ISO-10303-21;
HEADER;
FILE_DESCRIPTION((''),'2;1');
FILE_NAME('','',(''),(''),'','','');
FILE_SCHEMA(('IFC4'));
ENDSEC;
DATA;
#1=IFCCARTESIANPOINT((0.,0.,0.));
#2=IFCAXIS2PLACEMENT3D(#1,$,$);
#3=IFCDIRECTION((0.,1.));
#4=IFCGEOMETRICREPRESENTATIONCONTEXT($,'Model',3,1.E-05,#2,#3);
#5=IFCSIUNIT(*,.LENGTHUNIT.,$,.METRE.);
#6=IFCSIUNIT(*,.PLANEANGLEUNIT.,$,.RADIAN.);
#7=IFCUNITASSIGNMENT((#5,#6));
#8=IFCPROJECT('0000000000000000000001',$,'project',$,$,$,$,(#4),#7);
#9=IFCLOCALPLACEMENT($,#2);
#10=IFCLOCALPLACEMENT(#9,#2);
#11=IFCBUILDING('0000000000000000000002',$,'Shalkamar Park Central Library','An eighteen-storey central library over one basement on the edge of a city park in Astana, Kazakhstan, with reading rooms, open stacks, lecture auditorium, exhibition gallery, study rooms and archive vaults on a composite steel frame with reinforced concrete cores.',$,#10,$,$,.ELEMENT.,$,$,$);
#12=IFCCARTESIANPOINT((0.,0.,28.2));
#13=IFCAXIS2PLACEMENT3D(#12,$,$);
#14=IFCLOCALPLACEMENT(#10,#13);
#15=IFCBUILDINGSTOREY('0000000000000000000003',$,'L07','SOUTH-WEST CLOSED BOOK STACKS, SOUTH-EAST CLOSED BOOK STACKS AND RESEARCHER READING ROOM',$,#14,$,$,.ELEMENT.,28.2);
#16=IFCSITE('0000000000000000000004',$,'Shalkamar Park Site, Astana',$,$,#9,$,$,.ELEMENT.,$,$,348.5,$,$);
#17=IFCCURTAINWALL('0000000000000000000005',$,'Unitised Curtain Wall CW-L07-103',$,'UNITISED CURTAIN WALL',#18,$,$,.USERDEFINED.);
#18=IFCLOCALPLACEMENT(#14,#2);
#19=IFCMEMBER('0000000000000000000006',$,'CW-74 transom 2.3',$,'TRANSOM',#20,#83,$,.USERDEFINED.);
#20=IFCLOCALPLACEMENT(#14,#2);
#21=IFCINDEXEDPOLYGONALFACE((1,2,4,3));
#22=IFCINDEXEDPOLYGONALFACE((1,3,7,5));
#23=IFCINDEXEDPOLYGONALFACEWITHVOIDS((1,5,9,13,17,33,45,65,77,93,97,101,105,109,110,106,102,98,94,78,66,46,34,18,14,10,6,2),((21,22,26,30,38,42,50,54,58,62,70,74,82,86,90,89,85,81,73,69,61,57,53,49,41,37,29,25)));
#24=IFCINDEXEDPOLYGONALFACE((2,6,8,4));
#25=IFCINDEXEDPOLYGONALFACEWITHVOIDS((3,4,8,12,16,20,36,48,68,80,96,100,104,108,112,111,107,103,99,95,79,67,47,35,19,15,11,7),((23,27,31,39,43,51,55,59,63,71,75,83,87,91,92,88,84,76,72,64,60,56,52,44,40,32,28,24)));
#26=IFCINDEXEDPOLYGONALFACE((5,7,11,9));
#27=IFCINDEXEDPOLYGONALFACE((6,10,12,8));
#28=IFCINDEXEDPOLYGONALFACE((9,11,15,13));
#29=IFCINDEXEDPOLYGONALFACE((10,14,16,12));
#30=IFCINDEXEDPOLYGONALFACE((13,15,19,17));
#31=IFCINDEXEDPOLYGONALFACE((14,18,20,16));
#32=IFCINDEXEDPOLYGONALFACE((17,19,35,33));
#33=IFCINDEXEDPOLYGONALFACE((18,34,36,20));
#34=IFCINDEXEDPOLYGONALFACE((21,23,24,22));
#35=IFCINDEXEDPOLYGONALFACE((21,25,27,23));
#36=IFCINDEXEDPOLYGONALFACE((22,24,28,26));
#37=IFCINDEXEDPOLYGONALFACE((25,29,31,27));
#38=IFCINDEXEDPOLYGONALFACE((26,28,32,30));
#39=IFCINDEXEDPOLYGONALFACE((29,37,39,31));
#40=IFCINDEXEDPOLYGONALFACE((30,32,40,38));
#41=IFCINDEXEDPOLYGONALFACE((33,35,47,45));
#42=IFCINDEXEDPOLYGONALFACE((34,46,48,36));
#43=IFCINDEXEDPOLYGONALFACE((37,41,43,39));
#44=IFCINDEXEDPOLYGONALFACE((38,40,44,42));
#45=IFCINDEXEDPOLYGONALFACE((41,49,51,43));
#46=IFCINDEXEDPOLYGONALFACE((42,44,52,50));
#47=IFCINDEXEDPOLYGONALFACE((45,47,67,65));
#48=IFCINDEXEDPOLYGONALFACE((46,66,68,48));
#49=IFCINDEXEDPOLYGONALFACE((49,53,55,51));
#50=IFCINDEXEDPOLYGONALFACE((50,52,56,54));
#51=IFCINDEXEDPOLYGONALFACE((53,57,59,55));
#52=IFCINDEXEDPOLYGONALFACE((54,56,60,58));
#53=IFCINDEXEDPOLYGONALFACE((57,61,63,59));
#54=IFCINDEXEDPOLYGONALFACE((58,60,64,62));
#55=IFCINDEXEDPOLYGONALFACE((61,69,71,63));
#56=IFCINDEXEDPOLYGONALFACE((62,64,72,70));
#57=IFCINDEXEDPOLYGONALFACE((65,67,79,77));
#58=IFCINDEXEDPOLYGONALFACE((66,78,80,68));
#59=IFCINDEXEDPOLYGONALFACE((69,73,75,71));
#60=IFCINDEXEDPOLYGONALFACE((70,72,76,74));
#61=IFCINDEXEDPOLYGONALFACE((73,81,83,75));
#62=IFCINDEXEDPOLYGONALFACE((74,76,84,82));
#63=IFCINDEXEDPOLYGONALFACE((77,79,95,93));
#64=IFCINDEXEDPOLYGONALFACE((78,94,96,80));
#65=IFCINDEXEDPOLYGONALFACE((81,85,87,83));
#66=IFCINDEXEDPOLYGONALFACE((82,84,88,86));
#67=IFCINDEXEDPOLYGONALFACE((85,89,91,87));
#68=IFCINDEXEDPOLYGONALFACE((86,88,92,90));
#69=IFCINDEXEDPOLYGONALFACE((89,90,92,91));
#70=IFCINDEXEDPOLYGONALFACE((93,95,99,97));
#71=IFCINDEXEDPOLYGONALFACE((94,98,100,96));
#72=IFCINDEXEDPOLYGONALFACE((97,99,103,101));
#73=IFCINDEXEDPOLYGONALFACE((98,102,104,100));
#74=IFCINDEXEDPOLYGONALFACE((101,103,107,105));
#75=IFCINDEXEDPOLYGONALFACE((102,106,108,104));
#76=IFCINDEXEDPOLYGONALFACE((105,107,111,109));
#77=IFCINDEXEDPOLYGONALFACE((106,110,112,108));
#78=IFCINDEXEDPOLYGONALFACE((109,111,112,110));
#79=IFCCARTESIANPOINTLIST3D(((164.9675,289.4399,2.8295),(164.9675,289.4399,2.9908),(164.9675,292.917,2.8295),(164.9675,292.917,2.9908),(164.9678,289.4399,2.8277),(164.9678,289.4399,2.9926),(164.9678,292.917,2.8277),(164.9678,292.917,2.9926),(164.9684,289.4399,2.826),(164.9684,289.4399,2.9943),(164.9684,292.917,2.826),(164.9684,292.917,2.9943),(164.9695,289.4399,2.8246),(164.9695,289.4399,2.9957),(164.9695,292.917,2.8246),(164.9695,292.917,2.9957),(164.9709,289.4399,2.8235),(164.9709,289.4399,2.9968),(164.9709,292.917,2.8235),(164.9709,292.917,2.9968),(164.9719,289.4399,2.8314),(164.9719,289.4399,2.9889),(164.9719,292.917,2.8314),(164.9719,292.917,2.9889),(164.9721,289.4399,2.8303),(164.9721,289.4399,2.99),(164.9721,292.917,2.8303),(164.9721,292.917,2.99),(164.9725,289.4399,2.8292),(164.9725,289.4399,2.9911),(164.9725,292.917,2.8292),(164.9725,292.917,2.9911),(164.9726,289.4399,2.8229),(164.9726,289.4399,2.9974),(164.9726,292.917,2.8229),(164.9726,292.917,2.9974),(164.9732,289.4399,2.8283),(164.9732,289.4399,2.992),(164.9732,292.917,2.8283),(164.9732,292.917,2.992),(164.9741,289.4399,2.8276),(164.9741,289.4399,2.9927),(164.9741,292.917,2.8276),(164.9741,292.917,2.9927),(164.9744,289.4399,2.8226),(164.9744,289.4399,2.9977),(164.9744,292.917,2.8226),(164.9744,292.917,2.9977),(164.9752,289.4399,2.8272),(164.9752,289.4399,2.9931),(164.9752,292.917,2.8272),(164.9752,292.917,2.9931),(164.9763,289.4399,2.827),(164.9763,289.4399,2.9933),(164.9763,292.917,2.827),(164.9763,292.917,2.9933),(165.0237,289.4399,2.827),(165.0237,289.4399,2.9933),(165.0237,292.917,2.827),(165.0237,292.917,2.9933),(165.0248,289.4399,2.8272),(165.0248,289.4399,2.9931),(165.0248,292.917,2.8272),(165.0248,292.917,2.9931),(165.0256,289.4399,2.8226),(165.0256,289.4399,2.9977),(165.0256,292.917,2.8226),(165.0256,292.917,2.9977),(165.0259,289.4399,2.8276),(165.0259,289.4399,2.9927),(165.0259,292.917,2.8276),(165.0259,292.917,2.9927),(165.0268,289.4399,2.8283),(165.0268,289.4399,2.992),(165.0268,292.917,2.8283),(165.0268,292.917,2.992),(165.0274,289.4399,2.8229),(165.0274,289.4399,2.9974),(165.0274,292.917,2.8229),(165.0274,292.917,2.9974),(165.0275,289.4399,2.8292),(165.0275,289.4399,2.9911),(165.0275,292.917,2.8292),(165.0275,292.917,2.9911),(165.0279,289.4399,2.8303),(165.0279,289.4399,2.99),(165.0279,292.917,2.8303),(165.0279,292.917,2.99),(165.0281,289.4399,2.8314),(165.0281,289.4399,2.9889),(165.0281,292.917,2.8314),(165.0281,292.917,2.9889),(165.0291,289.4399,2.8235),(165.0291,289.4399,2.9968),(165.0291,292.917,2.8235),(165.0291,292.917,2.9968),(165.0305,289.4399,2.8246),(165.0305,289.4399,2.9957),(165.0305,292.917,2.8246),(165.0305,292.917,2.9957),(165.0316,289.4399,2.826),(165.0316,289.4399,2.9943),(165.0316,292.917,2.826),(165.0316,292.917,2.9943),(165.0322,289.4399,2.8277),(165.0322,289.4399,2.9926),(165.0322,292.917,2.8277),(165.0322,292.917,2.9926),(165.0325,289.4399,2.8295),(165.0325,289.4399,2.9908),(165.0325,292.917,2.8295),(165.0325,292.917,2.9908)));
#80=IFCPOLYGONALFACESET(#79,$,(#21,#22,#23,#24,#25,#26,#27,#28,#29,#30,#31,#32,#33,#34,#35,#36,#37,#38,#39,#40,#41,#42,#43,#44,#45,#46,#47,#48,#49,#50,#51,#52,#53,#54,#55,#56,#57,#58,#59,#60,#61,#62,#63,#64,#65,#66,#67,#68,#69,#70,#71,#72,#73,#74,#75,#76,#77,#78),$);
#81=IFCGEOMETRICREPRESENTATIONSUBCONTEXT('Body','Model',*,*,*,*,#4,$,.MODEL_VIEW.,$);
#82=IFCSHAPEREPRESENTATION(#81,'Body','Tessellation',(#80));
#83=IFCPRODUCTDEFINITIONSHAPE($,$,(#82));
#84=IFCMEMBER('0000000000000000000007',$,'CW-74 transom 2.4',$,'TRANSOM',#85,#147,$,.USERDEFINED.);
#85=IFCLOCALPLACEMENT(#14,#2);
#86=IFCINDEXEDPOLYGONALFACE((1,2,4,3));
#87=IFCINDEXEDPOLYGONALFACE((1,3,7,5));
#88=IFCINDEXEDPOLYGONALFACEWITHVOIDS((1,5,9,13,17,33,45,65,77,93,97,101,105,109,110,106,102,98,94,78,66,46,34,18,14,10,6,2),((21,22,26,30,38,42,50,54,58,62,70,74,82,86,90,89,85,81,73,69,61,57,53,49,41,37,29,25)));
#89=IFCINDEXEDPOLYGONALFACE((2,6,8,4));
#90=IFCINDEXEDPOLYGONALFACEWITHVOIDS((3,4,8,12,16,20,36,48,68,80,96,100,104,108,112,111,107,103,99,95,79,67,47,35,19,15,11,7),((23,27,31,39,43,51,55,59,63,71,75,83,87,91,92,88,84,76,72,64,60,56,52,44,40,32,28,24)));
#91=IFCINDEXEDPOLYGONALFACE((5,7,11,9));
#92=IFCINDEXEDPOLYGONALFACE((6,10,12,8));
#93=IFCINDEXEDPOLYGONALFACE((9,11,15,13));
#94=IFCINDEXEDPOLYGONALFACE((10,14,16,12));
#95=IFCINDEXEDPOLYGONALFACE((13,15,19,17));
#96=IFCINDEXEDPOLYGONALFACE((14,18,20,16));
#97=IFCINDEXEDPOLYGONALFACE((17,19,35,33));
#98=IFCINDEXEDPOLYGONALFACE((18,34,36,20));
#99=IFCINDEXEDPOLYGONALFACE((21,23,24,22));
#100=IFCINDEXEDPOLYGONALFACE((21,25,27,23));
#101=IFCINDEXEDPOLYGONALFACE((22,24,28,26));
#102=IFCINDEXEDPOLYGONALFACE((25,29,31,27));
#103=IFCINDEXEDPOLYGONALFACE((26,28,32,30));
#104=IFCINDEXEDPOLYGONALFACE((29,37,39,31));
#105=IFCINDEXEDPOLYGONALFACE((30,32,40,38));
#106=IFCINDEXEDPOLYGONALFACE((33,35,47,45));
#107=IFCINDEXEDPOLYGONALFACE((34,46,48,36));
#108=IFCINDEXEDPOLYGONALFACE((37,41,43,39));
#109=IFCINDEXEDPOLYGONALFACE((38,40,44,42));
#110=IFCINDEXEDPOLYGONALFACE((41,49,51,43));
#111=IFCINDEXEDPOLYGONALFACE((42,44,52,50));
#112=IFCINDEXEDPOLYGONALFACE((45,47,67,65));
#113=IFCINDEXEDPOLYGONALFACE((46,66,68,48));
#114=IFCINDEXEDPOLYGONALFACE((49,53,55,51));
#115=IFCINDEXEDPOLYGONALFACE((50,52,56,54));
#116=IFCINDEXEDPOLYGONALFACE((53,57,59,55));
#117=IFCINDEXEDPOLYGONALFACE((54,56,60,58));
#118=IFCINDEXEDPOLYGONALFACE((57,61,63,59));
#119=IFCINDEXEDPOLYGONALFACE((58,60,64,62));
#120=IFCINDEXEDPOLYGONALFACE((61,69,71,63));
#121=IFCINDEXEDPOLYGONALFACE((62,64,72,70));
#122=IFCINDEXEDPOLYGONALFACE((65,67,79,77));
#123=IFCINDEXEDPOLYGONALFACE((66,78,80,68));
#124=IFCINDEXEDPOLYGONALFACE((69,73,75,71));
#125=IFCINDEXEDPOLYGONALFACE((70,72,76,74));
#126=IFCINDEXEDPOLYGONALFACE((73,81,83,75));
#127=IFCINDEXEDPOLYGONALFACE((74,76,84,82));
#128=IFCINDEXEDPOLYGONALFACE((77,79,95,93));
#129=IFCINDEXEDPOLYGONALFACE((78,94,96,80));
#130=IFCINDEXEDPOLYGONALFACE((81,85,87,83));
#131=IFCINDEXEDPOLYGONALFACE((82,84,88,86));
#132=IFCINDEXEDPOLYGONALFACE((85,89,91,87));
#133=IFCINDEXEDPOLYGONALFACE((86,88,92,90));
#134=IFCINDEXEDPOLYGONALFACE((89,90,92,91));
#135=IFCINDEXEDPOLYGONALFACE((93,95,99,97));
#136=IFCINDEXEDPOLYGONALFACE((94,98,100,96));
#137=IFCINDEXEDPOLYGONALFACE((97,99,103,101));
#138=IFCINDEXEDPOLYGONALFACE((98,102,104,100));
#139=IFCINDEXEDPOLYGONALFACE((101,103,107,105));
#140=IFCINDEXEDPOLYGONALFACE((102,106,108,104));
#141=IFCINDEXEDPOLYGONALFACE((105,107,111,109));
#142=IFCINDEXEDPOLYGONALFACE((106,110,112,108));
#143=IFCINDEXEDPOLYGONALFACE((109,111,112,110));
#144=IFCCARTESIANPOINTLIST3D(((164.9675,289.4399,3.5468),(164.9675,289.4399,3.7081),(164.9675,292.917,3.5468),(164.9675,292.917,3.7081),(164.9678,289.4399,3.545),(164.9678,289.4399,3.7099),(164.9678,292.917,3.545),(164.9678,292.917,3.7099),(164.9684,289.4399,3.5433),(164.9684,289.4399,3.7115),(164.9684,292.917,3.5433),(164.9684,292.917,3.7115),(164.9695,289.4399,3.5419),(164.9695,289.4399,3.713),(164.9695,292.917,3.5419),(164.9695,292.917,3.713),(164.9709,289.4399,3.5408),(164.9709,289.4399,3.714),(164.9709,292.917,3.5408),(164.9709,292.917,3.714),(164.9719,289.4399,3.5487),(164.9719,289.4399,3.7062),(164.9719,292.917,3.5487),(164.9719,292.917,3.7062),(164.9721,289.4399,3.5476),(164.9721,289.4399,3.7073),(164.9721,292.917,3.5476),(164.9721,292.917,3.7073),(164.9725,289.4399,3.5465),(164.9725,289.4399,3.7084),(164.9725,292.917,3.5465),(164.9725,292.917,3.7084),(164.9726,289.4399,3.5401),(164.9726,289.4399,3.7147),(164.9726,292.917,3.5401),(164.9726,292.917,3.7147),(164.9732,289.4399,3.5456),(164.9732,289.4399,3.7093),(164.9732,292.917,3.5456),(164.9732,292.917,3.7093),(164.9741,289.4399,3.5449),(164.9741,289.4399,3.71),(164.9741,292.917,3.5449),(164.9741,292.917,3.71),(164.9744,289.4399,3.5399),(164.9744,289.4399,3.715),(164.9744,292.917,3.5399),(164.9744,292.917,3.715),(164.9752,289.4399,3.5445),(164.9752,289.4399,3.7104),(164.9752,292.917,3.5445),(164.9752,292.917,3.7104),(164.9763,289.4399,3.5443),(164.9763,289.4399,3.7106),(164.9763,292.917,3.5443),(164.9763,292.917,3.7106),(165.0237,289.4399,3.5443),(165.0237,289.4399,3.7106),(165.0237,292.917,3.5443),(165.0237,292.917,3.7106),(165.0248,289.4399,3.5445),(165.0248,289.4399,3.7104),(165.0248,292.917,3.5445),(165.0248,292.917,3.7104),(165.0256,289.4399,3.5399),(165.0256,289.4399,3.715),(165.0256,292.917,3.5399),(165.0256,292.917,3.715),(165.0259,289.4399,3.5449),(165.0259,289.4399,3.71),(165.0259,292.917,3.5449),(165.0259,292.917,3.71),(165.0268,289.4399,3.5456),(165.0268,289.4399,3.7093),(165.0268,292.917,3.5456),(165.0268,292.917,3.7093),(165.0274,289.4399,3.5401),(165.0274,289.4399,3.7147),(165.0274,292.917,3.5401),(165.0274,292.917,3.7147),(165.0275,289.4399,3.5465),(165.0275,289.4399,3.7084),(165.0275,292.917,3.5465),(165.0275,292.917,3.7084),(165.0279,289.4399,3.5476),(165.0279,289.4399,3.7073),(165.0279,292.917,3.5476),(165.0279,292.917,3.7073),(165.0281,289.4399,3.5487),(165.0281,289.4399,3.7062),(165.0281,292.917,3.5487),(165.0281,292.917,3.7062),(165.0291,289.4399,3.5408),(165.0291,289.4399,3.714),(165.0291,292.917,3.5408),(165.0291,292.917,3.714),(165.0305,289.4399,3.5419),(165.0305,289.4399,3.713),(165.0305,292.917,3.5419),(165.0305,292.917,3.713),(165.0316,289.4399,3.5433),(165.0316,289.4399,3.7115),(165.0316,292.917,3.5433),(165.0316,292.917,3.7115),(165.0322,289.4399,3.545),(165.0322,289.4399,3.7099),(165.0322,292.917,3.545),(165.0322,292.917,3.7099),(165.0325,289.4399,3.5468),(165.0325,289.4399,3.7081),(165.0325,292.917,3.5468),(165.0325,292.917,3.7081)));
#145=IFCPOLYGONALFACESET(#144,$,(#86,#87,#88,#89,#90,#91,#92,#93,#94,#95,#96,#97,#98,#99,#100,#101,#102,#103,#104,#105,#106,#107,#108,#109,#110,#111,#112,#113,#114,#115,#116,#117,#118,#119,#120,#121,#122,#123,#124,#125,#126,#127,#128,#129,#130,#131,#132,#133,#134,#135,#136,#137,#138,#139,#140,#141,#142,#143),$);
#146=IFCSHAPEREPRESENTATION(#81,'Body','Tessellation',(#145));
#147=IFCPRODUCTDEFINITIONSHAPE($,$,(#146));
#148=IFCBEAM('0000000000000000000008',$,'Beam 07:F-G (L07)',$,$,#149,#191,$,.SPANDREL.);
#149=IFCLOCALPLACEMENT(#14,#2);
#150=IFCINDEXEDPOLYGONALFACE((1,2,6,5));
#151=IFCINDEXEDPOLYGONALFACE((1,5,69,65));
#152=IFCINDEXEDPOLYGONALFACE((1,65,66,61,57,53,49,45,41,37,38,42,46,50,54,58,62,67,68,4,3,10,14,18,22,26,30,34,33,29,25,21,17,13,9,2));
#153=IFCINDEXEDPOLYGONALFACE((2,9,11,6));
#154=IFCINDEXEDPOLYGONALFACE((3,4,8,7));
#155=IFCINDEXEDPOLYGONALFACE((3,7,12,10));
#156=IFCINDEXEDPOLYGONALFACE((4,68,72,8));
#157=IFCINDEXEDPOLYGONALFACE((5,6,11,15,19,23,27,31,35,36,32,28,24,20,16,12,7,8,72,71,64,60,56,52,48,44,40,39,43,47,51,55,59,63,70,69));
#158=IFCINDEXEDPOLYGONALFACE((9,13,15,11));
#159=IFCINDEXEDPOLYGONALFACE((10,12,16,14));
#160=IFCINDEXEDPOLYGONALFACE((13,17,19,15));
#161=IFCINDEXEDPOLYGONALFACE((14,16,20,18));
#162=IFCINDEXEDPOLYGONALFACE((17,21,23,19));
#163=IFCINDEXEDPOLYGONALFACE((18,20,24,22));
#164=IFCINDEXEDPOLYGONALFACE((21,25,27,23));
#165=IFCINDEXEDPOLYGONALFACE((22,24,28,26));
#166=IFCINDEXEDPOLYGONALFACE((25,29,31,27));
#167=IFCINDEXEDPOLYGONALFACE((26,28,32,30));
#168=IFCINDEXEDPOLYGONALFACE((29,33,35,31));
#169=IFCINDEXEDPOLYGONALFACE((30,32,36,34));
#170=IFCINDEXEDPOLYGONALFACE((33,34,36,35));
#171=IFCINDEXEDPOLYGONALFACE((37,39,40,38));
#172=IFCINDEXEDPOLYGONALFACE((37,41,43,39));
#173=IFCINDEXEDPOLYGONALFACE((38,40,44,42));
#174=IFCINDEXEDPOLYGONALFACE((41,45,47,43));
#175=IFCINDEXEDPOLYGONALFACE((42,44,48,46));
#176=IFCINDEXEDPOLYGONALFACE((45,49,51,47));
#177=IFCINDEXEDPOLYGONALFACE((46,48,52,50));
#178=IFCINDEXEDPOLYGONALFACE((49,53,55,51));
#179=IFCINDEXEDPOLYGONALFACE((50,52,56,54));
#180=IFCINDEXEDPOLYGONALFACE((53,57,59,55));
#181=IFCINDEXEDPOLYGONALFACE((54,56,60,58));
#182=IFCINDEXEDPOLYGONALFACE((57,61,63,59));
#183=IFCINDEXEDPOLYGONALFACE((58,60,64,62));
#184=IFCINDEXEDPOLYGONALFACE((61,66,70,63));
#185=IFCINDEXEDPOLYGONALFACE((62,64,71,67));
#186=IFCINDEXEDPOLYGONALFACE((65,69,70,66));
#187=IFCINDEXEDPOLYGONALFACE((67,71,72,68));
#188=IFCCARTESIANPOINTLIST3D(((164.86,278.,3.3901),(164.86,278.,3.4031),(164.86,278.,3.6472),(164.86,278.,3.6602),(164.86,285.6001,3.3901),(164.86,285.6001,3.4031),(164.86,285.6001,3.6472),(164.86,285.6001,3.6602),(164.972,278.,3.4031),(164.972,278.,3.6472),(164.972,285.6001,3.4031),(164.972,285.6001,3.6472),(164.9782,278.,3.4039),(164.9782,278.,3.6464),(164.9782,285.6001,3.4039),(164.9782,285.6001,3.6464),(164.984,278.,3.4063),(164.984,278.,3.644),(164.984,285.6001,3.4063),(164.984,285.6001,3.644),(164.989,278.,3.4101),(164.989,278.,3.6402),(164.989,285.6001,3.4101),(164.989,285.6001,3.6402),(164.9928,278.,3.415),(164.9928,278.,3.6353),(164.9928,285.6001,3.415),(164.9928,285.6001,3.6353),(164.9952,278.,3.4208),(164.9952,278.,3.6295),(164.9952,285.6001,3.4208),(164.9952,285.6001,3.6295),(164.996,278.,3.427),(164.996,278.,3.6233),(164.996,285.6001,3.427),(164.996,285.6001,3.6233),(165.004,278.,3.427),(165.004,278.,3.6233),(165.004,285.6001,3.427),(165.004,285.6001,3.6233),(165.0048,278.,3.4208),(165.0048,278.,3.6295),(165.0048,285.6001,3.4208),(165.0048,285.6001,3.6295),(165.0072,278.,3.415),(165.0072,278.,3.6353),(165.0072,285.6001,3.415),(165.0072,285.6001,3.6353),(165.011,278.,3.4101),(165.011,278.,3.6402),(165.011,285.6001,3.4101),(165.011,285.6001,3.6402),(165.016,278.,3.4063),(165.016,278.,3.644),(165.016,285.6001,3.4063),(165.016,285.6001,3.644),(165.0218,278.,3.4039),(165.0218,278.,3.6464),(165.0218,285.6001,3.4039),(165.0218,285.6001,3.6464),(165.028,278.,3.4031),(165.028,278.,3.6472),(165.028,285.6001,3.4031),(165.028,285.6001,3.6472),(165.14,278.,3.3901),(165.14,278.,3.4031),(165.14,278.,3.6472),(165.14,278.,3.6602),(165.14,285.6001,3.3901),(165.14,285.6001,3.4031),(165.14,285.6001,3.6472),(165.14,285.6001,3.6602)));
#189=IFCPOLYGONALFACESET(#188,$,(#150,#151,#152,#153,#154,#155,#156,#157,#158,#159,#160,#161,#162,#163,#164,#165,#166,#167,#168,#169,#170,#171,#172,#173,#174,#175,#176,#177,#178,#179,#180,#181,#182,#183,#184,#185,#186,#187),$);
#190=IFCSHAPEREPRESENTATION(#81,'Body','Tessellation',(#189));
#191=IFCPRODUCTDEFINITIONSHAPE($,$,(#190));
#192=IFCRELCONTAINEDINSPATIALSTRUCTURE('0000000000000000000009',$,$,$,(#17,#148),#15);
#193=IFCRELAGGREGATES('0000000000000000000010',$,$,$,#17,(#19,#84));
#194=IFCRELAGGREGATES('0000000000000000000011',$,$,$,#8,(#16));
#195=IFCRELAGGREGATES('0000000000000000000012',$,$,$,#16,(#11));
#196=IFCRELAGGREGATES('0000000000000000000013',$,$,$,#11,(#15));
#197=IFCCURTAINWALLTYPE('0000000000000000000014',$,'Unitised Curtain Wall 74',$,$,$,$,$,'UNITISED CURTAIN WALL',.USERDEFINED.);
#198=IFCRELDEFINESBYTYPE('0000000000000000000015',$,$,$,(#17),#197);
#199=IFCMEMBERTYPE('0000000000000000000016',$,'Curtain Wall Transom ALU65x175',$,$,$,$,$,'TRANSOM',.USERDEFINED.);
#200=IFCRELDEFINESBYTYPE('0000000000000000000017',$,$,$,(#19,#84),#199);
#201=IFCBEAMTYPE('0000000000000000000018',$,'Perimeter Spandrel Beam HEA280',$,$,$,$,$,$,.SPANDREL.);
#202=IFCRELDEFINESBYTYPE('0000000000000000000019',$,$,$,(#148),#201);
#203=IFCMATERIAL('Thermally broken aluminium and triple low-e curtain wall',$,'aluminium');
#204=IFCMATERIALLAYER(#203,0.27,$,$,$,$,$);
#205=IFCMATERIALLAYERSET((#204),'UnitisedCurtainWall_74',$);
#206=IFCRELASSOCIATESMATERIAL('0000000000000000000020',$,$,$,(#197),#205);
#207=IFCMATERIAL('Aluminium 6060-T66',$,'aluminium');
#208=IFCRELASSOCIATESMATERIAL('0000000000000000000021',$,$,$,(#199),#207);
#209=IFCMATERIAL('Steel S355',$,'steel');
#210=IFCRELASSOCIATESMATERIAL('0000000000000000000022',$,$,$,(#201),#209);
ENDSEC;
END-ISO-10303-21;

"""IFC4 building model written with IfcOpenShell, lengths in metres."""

from ifc_helpers import new_model, si_unit, direction, frame, origin, origin_2d, place, context, subcontext, project, spatial, hollow_rectangle, i_section, extrude, material, layer, layer_set, material_profile, profile_set, type_object, element, aggregate, save


model = new_model("IFC4")

# Units and contexts
model_context = context("Model", 3, precision=1e-05, world=origin(), true_north=direction((0.0, 1.0)))
body_context = subcontext(model_context, "Body", "Model", "MODEL_VIEW")
ifc_project = project(units=[si_unit("LENGTHUNIT", "METRE"), si_unit("PLANEANGLEUNIT", "RADIAN")], contexts=[model_context])

# Site, building, storey
site_placement = place(None, origin())
site = spatial("IfcSite", under=ifc_project, at=site_placement, Name="Shalkamar Park Site, Astana", CompositionType="ELEMENT", RefElevation=348.5)
building_placement = place(site_placement, origin())
building = spatial("IfcBuilding", under=site, at=building_placement, Name="Shalkamar Park Central Library", Description="An eighteen-storey central library over one basement on the edge of a city park in Astana, Kazakhstan, with reading rooms, open stacks, lecture auditorium, exhibition gallery, study rooms and archive vaults on a composite steel frame with reinforced concrete cores.", CompositionType="ELEMENT")
storey_placement = place(building_placement, frame((0.0, 0.0, 28.2)))
storey = spatial("IfcBuildingStorey", under=building, at=storey_placement, Name="L07", Description="SOUTH-WEST CLOSED BOOK STACKS, SOUTH-EAST CLOSED BOOK STACKS AND RESEARCHER READING ROOM", CompositionType="ELEMENT", Elevation=28.2)

# Shared definitions
ifc_material_1 = material(Name="Steel S355", Category="steel")

# Curtain wall, members
ifc_material_2 = material(Name="Thermally broken aluminium and triple low-e curtain wall", Category="aluminium")
ifc_layer_1 = layer(ifc_material_2, 0.27)
ifc_layer_set_1 = layer_set([ifc_layer_1], Name="UnitisedCurtainWall_74")
curtain_wall_type = type_object("IfcCurtainWallType", Name="Unitised Curtain Wall 74", ElementType="UNITISED CURTAIN WALL", PredefinedType="USERDEFINED", material=ifc_layer_set_1)
curtain_wall_placement = place(storey_placement, origin())
curtain_wall = element("IfcCurtainWall", 1, at=curtain_wall_placement, inside=storey, type_object=curtain_wall_type, Name="Unitised Curtain Wall CW-L07-103", ObjectType="UNITISED CURTAIN WALL", PredefinedType="USERDEFINED")
ifc_material_3 = material(Name="Aluminium 6060-T66", Category="aluminium")
ifc_material_profile_1 = material_profile(ifc_material_3, hollow_rectangle(XDim=0.0649, YDim=0.175, WallThickness=0.0044, InnerFilletRadius=0.0044, OuterFilletRadius=0.0068, at=origin_2d()), Name="ALU 65x175x4.5")
ifc_profile_set_1 = profile_set([ifc_material_profile_1], Name="Aluminium 6060-T66")
member_type_1 = type_object("IfcMemberType", Name="Curtain Wall Transom ALU65x175", ElementType="TRANSOM", PredefinedType="USERDEFINED", material=ifc_profile_set_1)
member_1_placement = place(storey_placement, frame((165.0, 289.4399, 2.9102), z_axis=(0.0, 1.0, 0.0), x_axis=(-1.0, 0.0, 0.0)))
member_1 = element("IfcMember", 2, at=member_1_placement, type_object=member_type_1, Name="CW-74 transom 2.3", ObjectType="TRANSOM", PredefinedType="USERDEFINED", context=body_context, shape_type="SweptSolid", body=[
    extrude(hollow_rectangle(XDim=0.0649, YDim=0.175, WallThickness=0.0044, InnerFilletRadius=0.0044, OuterFilletRadius=0.0068, at=origin_2d()), origin(), (0.0, 0.0, 1.0), 3.4771),
])
member_2_placement = place(storey_placement, frame((165.0, 289.4399, 3.6274), z_axis=(0.0, 1.0, 0.0), x_axis=(-1.0, 0.0, 0.0)))
member_2 = element("IfcMember", 3, at=member_2_placement, type_object=member_type_1, Name="CW-74 transom 2.4", ObjectType="TRANSOM", PredefinedType="USERDEFINED", context=body_context, shape_type="SweptSolid", body=[
    extrude(hollow_rectangle(XDim=0.0649, YDim=0.175, WallThickness=0.0044, InnerFilletRadius=0.0044, OuterFilletRadius=0.0068, at=origin_2d()), origin(), (0.0, 0.0, 1.0), 3.4771),
])

# Beam
ifc_material_profile_2 = material_profile(ifc_material_1, i_section(OverallWidth=0.28, OverallDepth=0.27, WebThickness=0.0081, FlangeThickness=0.0129, FilletRadius=0.0239, at=origin_2d()), Name="HEA 280")
ifc_profile_set_2 = profile_set([ifc_material_profile_2], Name="Steel S355")
beam_type_1 = type_object("IfcBeamType", Name="Perimeter Spandrel Beam HEA280", PredefinedType="SPANDREL", material=ifc_profile_set_2)
beam_1_placement = place(storey_placement, frame((165.0, 278.0, 3.5251), z_axis=(0.0, 1.0, 0.0), x_axis=(-1.0, 0.0, 0.0)))
element("IfcBeam", 4, at=beam_1_placement, inside=storey, type_object=beam_type_1, Name="Beam 07:F-G (L07)", PredefinedType="SPANDREL", context=body_context, shape_type="SweptSolid", body=[
    extrude(i_section(OverallWidth=0.28, OverallDepth=0.27, WebThickness=0.0081, FlangeThickness=0.0129, FilletRadius=0.0239, at=origin_2d()), origin(), (0.0, 0.0, 1.0), 7.6001),
])

aggregate(curtain_wall, [member_1, member_2])

save(model, "model.ifc")
